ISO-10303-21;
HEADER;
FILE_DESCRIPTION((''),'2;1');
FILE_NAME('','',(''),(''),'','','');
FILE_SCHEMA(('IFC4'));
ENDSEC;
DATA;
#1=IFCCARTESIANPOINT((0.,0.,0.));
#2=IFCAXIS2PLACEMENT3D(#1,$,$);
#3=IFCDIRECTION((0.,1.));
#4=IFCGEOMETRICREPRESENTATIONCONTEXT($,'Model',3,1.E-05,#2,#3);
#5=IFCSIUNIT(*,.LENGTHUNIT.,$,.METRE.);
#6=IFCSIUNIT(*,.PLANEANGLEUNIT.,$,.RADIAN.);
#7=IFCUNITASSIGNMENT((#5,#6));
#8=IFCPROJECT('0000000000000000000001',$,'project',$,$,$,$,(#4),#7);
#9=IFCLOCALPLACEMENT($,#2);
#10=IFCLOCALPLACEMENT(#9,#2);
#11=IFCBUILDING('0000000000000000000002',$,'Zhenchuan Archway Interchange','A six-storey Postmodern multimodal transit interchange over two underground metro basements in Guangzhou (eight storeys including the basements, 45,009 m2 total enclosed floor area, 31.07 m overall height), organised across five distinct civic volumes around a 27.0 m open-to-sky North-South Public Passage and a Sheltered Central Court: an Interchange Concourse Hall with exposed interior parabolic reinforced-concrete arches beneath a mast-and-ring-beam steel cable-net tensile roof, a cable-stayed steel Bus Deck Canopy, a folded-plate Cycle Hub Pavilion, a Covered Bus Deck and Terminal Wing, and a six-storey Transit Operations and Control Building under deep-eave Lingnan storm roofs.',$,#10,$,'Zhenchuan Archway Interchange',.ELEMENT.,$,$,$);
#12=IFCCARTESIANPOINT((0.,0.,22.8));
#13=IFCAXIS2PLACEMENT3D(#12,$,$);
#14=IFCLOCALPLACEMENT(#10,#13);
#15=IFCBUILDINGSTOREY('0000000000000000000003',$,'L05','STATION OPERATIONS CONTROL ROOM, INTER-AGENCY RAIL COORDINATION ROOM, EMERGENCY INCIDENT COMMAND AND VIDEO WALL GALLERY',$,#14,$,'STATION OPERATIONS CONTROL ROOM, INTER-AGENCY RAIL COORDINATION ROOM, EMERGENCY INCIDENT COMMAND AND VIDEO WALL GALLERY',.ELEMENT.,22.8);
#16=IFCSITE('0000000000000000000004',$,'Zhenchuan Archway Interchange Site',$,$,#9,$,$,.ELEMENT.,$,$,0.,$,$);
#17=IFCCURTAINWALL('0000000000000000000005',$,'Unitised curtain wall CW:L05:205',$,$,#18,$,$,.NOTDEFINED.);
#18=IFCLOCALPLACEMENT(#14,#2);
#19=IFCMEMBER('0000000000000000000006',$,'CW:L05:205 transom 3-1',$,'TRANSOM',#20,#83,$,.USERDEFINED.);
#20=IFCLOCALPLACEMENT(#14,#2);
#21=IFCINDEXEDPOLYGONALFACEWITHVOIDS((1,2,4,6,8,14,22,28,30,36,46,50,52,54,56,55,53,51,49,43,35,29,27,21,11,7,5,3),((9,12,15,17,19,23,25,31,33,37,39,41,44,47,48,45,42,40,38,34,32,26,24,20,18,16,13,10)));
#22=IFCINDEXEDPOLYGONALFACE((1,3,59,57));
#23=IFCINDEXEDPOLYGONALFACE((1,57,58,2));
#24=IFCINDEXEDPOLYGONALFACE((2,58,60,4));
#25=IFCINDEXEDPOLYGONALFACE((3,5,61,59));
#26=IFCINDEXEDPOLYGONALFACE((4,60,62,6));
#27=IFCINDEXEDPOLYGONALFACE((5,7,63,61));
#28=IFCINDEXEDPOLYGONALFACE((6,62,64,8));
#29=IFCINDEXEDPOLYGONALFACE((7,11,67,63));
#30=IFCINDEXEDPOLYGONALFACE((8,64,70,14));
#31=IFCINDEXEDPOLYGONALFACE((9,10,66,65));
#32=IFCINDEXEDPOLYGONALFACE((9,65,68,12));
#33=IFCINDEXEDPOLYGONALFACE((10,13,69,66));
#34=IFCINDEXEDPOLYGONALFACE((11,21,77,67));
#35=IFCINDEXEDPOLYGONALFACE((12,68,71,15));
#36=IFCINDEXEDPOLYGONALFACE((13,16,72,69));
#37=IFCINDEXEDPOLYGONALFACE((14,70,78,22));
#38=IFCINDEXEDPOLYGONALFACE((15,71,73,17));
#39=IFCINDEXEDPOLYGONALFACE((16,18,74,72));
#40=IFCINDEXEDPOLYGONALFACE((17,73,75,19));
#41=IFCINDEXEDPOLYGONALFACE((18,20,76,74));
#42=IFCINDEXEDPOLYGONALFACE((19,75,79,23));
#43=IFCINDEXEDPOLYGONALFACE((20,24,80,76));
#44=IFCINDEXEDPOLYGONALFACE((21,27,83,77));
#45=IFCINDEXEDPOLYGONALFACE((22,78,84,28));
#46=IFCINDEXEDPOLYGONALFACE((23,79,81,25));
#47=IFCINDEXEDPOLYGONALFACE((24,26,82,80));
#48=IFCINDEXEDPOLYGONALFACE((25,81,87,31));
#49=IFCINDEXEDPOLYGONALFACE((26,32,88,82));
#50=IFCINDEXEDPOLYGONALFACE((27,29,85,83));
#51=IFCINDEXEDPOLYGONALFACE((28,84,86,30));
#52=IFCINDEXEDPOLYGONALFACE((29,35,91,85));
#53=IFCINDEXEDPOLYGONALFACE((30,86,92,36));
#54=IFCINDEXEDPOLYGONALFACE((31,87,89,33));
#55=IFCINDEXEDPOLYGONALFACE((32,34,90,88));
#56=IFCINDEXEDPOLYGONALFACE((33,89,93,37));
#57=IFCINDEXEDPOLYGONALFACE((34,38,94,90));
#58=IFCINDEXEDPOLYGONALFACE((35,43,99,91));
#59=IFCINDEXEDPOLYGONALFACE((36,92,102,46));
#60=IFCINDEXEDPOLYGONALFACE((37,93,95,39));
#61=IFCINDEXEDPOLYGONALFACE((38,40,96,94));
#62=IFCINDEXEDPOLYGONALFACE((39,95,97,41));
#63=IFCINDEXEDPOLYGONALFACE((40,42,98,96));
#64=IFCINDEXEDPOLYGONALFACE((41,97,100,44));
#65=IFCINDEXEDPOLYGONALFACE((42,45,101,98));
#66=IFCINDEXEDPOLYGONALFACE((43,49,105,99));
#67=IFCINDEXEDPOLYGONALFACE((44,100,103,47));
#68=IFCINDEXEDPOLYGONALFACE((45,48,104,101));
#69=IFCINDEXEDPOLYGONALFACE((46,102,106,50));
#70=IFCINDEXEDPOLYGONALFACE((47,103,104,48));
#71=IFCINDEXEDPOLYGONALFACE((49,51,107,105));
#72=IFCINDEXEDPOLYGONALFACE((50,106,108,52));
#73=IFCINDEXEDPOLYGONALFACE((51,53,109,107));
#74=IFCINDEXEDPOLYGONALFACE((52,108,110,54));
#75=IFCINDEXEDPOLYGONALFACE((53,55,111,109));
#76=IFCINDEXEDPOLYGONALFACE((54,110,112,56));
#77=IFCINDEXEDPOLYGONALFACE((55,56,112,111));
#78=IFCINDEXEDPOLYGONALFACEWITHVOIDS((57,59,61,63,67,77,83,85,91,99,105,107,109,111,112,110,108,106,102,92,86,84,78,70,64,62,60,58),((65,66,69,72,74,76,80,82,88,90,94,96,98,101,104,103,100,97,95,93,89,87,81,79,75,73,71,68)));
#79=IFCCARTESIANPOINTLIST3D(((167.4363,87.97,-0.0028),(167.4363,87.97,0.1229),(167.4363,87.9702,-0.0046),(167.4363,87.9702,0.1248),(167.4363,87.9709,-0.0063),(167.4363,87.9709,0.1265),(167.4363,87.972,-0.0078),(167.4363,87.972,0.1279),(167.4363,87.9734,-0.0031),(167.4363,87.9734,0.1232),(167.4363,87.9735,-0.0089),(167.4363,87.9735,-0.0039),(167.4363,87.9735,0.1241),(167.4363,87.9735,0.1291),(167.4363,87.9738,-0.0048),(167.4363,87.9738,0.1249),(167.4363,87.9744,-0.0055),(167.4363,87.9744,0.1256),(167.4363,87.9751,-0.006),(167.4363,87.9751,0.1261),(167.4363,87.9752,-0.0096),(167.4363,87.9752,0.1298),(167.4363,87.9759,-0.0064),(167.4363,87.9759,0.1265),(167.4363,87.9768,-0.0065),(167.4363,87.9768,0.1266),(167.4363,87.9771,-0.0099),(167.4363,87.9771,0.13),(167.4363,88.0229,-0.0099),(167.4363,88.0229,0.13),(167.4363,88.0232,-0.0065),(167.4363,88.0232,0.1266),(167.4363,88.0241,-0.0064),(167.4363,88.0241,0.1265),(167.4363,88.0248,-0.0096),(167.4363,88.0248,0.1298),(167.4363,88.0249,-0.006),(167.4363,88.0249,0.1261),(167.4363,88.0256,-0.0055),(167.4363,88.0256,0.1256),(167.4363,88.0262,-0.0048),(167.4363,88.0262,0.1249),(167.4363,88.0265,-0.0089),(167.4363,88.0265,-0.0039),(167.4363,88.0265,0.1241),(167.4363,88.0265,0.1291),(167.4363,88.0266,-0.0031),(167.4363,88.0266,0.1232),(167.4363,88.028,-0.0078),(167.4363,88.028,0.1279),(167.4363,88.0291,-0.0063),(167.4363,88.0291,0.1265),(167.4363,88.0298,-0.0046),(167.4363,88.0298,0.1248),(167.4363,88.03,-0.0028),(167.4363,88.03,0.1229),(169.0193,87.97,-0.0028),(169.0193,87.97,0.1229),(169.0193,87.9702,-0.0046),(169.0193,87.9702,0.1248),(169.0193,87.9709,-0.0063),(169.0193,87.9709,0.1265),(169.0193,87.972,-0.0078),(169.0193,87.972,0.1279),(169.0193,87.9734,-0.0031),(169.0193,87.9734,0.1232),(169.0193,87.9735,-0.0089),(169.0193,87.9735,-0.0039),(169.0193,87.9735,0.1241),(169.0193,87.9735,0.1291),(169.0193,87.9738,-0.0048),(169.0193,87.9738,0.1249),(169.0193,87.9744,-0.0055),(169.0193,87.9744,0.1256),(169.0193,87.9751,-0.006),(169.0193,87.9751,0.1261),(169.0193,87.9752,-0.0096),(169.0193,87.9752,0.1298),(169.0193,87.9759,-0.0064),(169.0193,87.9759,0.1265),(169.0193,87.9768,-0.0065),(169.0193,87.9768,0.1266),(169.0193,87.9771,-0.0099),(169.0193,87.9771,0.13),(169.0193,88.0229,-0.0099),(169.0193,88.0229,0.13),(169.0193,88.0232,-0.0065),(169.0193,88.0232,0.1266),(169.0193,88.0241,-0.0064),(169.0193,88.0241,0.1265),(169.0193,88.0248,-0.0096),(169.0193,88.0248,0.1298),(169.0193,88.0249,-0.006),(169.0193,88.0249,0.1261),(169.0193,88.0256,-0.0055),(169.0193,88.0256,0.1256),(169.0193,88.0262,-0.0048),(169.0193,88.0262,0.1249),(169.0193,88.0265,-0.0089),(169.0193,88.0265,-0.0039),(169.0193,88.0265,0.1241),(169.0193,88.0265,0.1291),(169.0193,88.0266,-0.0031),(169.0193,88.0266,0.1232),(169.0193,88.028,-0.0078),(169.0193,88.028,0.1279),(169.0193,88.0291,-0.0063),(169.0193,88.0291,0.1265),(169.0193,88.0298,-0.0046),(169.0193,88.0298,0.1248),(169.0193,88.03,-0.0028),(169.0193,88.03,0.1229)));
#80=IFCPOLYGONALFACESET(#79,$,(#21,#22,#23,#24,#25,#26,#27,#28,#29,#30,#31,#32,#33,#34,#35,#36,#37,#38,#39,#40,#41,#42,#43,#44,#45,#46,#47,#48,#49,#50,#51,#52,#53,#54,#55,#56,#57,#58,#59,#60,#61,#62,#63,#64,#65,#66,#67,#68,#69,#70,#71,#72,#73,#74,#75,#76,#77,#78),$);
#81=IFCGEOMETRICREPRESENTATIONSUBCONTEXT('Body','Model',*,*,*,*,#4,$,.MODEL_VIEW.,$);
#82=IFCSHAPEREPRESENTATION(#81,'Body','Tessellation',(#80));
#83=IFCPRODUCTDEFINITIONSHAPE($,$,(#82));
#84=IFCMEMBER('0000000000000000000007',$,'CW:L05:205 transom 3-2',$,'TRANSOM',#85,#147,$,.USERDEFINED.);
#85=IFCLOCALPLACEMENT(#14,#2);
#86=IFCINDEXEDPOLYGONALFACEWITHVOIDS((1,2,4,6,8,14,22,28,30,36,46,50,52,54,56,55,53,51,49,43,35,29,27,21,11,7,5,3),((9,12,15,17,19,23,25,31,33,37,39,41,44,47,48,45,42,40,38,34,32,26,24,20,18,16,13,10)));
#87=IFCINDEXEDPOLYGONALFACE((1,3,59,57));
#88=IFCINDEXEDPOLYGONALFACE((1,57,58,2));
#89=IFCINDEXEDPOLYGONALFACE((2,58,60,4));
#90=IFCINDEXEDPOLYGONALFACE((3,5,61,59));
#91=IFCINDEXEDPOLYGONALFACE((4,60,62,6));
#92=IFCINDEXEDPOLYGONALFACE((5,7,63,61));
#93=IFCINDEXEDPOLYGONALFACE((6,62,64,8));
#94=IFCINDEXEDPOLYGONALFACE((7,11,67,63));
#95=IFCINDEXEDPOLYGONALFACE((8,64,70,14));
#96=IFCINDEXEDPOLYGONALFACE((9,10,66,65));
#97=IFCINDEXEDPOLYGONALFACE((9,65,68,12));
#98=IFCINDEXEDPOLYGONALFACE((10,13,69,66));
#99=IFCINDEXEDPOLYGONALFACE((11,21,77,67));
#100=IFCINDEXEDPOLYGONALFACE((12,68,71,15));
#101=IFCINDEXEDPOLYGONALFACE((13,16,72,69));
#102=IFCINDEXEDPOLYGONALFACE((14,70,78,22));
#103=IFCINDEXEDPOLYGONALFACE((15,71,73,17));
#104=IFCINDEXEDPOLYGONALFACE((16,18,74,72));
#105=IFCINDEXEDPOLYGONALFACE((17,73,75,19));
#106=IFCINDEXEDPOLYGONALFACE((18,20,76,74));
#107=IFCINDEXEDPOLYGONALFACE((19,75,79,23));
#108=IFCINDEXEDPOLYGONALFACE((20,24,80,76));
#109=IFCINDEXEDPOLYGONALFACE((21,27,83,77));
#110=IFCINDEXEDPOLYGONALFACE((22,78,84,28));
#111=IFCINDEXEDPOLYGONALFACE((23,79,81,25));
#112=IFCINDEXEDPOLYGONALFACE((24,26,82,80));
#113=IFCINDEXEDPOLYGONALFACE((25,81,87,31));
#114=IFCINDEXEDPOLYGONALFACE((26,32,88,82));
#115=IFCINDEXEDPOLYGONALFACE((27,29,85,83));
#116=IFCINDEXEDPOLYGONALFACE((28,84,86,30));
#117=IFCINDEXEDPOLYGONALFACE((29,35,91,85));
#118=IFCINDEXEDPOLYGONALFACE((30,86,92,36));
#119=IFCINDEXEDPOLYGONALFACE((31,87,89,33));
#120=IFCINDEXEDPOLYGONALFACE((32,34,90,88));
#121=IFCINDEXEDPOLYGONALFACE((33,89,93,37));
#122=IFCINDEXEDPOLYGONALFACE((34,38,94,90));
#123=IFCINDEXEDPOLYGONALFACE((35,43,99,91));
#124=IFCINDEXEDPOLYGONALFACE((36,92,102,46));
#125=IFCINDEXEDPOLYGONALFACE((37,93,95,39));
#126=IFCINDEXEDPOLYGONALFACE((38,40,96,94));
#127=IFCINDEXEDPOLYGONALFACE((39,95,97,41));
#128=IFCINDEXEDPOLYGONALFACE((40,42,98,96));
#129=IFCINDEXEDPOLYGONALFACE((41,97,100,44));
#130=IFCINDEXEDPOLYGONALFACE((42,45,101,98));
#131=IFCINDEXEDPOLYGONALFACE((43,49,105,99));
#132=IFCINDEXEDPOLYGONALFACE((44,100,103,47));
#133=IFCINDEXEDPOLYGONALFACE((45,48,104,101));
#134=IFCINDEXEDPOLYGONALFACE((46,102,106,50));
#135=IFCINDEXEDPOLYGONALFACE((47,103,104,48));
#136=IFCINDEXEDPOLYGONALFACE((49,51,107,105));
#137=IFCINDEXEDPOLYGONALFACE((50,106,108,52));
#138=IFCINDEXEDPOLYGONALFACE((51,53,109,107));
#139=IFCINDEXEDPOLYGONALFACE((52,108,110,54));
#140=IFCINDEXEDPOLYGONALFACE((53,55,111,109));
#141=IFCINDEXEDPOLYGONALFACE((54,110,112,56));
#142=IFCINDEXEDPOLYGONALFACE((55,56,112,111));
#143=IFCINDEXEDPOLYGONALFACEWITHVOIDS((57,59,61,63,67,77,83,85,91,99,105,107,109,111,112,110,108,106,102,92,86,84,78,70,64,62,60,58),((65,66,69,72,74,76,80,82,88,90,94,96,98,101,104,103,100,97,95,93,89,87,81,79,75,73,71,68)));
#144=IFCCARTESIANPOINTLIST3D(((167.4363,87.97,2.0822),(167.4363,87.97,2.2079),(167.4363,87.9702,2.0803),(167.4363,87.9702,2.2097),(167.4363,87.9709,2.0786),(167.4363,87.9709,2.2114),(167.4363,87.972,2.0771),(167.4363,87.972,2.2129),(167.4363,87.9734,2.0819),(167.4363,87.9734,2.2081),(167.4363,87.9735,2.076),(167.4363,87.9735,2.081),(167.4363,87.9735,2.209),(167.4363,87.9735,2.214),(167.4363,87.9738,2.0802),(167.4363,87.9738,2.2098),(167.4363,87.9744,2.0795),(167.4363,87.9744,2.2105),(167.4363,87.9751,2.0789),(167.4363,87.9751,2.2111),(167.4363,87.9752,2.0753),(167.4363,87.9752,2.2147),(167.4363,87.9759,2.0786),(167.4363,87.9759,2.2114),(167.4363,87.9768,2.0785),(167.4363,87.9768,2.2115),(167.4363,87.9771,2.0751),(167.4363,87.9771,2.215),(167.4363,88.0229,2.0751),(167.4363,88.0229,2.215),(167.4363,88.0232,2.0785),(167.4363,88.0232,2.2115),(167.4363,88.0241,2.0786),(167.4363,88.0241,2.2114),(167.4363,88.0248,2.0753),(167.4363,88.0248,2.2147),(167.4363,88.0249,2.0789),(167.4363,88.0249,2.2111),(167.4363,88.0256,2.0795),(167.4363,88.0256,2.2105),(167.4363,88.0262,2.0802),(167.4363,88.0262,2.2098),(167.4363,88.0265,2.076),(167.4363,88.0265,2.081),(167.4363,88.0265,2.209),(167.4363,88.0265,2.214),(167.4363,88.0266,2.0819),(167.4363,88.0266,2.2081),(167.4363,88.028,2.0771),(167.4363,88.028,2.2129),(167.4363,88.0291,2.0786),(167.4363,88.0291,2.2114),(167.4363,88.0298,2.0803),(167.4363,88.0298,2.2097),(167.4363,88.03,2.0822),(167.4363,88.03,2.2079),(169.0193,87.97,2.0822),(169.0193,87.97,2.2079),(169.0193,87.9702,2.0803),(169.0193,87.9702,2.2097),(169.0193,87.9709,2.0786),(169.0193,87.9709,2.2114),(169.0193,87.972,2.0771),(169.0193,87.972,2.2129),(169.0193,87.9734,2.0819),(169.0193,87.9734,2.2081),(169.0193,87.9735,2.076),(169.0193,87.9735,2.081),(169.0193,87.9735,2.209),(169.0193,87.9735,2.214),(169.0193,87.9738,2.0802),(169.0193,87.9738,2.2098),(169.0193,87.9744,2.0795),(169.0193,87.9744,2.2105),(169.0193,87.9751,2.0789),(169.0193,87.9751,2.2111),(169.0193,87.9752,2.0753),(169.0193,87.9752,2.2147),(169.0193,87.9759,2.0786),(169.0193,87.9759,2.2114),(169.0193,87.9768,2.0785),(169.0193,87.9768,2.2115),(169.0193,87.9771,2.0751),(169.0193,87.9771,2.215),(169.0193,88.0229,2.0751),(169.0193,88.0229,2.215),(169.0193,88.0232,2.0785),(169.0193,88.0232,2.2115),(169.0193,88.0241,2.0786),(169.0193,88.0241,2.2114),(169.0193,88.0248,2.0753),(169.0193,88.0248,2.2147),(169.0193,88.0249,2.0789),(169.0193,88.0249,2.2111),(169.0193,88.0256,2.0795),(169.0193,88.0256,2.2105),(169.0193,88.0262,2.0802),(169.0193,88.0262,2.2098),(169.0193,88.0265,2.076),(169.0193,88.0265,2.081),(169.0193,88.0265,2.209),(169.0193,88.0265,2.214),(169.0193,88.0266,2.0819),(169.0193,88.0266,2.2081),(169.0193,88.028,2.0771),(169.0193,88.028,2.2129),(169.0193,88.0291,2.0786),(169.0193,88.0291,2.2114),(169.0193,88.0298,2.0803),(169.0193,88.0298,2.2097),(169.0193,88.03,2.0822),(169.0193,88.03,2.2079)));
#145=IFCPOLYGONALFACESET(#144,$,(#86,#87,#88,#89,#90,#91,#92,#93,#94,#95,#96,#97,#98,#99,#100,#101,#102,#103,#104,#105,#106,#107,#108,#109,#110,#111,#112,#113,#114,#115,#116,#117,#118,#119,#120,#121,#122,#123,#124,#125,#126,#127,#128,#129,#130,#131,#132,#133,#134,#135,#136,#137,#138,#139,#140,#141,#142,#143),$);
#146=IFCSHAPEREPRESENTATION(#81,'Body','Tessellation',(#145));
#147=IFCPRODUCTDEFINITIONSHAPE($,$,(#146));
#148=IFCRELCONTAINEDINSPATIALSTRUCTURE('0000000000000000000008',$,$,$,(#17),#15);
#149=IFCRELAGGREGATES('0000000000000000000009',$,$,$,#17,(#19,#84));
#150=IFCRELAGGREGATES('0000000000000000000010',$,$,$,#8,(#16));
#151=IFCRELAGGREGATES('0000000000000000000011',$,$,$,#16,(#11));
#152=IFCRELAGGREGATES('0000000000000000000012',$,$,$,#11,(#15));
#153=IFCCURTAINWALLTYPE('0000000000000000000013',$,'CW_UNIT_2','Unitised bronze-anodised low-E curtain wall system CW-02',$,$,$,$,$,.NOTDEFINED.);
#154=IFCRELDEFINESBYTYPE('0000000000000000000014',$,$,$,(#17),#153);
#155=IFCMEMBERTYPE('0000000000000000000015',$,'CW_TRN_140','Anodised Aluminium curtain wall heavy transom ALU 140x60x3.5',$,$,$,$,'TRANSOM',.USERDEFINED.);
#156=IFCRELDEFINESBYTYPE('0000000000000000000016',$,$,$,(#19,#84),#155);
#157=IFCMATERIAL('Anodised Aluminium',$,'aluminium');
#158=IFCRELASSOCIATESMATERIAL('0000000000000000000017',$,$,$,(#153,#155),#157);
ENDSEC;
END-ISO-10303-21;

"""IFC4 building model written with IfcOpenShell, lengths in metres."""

from ifc_helpers import new_model, si_unit, direction, frame, origin, origin_2d, place, context, subcontext, project, spatial, hollow_rectangle, extrude, material, material_profile, profile_set, type_object, element, aggregate, save


model = new_model("IFC4")

# Units and contexts
model_context = context("Model", 3, precision=1e-05, world=origin(), true_north=direction((0.0, 1.0)))
body_context = subcontext(model_context, "Body", "Model", "MODEL_VIEW")
ifc_project = project(units=[si_unit("LENGTHUNIT", "METRE"), si_unit("PLANEANGLEUNIT", "RADIAN")], contexts=[model_context])

# Site, building, storey
site_placement = place(None, origin())
site = spatial("IfcSite", under=ifc_project, at=site_placement, Name="Zhenchuan Archway Interchange Site", CompositionType="ELEMENT", RefElevation=0.0)
building_placement = place(site_placement, origin())
building = spatial("IfcBuilding", under=site, at=building_placement, Name="Zhenchuan Archway Interchange", Description="A six-storey Postmodern multimodal transit interchange over two underground metro basements in Guangzhou (eight storeys including the basements, 45,009 m2 total enclosed floor area, 31.07 m overall height), organised across five distinct civic volumes around a 27.0 m open-to-sky North-South Public Passage and a Sheltered Central Court: an Interchange Concourse Hall with exposed interior parabolic reinforced-concrete arches beneath a mast-and-ring-beam steel cable-net tensile roof, a cable-stayed steel Bus Deck Canopy, a folded-plate Cycle Hub Pavilion, a Covered Bus Deck and Terminal Wing, and a six-storey Transit Operations and Control Building under deep-eave Lingnan storm roofs.", LongName="Zhenchuan Archway Interchange", CompositionType="ELEMENT")
storey_placement = place(building_placement, frame((0.0, 0.0, 22.8)))
storey = spatial("IfcBuildingStorey", under=building, at=storey_placement, Name="L05", Description="STATION OPERATIONS CONTROL ROOM, INTER-AGENCY RAIL COORDINATION ROOM, EMERGENCY INCIDENT COMMAND AND VIDEO WALL GALLERY", LongName="STATION OPERATIONS CONTROL ROOM, INTER-AGENCY RAIL COORDINATION ROOM, EMERGENCY INCIDENT COMMAND AND VIDEO WALL GALLERY", CompositionType="ELEMENT", Elevation=22.8)

# Curtain wall, members
ifc_material_1 = material(Name="Anodised Aluminium", Category="aluminium")
curtain_wall_type = type_object("IfcCurtainWallType", Name="CW_UNIT_2", Description="Unitised bronze-anodised low-E curtain wall system CW-02", PredefinedType="NOTDEFINED", material=ifc_material_1)
curtain_wall_placement = place(storey_placement, origin())
curtain_wall = element("IfcCurtainWall", 1, at=curtain_wall_placement, inside=storey, type_object=curtain_wall_type, Name="Unitised curtain wall CW:L05:205", PredefinedType="NOTDEFINED")
ifc_material_profile_1 = material_profile(ifc_material_1, hollow_rectangle(XDim=0.0601, YDim=0.1399, WallThickness=0.0034, InnerFilletRadius=0.0034, OuterFilletRadius=0.0071, at=origin_2d()), Name="ALU 140x60x3.5")
ifc_profile_set_1 = profile_set([ifc_material_profile_1], Name="Anodised Aluminium")
member_type_1 = type_object("IfcMemberType", Name="CW_TRN_140", Description="Anodised Aluminium curtain wall heavy transom ALU 140x60x3.5", ElementType="TRANSOM", PredefinedType="USERDEFINED", material=ifc_profile_set_1)
member_1_placement = place(storey_placement, frame((167.4363, 88.0, 0.0601), z_axis=(1.0, 0.0, 0.0), x_axis=(0.0, 1.0, 0.0)))
member_1 = element("IfcMember", 2, at=member_1_placement, type_object=member_type_1, Name="CW:L05:205 transom 3-1", ObjectType="TRANSOM", PredefinedType="USERDEFINED", context=body_context, shape_type="SweptSolid", body=[
    extrude(hollow_rectangle(XDim=0.0601, YDim=0.1399, WallThickness=0.0034, InnerFilletRadius=0.0034, OuterFilletRadius=0.0071, at=origin_2d()), origin(), (0.0, 0.0, 1.0), 1.583),
])
member_2_placement = place(storey_placement, frame((167.4363, 88.0, 2.145), z_axis=(1.0, 0.0, 0.0), x_axis=(0.0, 1.0, 0.0)))
member_2 = element("IfcMember", 3, at=member_2_placement, type_object=member_type_1, Name="CW:L05:205 transom 3-2", ObjectType="TRANSOM", PredefinedType="USERDEFINED", context=body_context, shape_type="SweptSolid", body=[
    extrude(hollow_rectangle(XDim=0.0601, YDim=0.1399, WallThickness=0.0034, InnerFilletRadius=0.0034, OuterFilletRadius=0.0071, at=origin_2d()), origin(), (0.0, 0.0, 1.0), 1.583),
])

aggregate(curtain_wall, [member_1, member_2])

save(model, "model.ifc")
